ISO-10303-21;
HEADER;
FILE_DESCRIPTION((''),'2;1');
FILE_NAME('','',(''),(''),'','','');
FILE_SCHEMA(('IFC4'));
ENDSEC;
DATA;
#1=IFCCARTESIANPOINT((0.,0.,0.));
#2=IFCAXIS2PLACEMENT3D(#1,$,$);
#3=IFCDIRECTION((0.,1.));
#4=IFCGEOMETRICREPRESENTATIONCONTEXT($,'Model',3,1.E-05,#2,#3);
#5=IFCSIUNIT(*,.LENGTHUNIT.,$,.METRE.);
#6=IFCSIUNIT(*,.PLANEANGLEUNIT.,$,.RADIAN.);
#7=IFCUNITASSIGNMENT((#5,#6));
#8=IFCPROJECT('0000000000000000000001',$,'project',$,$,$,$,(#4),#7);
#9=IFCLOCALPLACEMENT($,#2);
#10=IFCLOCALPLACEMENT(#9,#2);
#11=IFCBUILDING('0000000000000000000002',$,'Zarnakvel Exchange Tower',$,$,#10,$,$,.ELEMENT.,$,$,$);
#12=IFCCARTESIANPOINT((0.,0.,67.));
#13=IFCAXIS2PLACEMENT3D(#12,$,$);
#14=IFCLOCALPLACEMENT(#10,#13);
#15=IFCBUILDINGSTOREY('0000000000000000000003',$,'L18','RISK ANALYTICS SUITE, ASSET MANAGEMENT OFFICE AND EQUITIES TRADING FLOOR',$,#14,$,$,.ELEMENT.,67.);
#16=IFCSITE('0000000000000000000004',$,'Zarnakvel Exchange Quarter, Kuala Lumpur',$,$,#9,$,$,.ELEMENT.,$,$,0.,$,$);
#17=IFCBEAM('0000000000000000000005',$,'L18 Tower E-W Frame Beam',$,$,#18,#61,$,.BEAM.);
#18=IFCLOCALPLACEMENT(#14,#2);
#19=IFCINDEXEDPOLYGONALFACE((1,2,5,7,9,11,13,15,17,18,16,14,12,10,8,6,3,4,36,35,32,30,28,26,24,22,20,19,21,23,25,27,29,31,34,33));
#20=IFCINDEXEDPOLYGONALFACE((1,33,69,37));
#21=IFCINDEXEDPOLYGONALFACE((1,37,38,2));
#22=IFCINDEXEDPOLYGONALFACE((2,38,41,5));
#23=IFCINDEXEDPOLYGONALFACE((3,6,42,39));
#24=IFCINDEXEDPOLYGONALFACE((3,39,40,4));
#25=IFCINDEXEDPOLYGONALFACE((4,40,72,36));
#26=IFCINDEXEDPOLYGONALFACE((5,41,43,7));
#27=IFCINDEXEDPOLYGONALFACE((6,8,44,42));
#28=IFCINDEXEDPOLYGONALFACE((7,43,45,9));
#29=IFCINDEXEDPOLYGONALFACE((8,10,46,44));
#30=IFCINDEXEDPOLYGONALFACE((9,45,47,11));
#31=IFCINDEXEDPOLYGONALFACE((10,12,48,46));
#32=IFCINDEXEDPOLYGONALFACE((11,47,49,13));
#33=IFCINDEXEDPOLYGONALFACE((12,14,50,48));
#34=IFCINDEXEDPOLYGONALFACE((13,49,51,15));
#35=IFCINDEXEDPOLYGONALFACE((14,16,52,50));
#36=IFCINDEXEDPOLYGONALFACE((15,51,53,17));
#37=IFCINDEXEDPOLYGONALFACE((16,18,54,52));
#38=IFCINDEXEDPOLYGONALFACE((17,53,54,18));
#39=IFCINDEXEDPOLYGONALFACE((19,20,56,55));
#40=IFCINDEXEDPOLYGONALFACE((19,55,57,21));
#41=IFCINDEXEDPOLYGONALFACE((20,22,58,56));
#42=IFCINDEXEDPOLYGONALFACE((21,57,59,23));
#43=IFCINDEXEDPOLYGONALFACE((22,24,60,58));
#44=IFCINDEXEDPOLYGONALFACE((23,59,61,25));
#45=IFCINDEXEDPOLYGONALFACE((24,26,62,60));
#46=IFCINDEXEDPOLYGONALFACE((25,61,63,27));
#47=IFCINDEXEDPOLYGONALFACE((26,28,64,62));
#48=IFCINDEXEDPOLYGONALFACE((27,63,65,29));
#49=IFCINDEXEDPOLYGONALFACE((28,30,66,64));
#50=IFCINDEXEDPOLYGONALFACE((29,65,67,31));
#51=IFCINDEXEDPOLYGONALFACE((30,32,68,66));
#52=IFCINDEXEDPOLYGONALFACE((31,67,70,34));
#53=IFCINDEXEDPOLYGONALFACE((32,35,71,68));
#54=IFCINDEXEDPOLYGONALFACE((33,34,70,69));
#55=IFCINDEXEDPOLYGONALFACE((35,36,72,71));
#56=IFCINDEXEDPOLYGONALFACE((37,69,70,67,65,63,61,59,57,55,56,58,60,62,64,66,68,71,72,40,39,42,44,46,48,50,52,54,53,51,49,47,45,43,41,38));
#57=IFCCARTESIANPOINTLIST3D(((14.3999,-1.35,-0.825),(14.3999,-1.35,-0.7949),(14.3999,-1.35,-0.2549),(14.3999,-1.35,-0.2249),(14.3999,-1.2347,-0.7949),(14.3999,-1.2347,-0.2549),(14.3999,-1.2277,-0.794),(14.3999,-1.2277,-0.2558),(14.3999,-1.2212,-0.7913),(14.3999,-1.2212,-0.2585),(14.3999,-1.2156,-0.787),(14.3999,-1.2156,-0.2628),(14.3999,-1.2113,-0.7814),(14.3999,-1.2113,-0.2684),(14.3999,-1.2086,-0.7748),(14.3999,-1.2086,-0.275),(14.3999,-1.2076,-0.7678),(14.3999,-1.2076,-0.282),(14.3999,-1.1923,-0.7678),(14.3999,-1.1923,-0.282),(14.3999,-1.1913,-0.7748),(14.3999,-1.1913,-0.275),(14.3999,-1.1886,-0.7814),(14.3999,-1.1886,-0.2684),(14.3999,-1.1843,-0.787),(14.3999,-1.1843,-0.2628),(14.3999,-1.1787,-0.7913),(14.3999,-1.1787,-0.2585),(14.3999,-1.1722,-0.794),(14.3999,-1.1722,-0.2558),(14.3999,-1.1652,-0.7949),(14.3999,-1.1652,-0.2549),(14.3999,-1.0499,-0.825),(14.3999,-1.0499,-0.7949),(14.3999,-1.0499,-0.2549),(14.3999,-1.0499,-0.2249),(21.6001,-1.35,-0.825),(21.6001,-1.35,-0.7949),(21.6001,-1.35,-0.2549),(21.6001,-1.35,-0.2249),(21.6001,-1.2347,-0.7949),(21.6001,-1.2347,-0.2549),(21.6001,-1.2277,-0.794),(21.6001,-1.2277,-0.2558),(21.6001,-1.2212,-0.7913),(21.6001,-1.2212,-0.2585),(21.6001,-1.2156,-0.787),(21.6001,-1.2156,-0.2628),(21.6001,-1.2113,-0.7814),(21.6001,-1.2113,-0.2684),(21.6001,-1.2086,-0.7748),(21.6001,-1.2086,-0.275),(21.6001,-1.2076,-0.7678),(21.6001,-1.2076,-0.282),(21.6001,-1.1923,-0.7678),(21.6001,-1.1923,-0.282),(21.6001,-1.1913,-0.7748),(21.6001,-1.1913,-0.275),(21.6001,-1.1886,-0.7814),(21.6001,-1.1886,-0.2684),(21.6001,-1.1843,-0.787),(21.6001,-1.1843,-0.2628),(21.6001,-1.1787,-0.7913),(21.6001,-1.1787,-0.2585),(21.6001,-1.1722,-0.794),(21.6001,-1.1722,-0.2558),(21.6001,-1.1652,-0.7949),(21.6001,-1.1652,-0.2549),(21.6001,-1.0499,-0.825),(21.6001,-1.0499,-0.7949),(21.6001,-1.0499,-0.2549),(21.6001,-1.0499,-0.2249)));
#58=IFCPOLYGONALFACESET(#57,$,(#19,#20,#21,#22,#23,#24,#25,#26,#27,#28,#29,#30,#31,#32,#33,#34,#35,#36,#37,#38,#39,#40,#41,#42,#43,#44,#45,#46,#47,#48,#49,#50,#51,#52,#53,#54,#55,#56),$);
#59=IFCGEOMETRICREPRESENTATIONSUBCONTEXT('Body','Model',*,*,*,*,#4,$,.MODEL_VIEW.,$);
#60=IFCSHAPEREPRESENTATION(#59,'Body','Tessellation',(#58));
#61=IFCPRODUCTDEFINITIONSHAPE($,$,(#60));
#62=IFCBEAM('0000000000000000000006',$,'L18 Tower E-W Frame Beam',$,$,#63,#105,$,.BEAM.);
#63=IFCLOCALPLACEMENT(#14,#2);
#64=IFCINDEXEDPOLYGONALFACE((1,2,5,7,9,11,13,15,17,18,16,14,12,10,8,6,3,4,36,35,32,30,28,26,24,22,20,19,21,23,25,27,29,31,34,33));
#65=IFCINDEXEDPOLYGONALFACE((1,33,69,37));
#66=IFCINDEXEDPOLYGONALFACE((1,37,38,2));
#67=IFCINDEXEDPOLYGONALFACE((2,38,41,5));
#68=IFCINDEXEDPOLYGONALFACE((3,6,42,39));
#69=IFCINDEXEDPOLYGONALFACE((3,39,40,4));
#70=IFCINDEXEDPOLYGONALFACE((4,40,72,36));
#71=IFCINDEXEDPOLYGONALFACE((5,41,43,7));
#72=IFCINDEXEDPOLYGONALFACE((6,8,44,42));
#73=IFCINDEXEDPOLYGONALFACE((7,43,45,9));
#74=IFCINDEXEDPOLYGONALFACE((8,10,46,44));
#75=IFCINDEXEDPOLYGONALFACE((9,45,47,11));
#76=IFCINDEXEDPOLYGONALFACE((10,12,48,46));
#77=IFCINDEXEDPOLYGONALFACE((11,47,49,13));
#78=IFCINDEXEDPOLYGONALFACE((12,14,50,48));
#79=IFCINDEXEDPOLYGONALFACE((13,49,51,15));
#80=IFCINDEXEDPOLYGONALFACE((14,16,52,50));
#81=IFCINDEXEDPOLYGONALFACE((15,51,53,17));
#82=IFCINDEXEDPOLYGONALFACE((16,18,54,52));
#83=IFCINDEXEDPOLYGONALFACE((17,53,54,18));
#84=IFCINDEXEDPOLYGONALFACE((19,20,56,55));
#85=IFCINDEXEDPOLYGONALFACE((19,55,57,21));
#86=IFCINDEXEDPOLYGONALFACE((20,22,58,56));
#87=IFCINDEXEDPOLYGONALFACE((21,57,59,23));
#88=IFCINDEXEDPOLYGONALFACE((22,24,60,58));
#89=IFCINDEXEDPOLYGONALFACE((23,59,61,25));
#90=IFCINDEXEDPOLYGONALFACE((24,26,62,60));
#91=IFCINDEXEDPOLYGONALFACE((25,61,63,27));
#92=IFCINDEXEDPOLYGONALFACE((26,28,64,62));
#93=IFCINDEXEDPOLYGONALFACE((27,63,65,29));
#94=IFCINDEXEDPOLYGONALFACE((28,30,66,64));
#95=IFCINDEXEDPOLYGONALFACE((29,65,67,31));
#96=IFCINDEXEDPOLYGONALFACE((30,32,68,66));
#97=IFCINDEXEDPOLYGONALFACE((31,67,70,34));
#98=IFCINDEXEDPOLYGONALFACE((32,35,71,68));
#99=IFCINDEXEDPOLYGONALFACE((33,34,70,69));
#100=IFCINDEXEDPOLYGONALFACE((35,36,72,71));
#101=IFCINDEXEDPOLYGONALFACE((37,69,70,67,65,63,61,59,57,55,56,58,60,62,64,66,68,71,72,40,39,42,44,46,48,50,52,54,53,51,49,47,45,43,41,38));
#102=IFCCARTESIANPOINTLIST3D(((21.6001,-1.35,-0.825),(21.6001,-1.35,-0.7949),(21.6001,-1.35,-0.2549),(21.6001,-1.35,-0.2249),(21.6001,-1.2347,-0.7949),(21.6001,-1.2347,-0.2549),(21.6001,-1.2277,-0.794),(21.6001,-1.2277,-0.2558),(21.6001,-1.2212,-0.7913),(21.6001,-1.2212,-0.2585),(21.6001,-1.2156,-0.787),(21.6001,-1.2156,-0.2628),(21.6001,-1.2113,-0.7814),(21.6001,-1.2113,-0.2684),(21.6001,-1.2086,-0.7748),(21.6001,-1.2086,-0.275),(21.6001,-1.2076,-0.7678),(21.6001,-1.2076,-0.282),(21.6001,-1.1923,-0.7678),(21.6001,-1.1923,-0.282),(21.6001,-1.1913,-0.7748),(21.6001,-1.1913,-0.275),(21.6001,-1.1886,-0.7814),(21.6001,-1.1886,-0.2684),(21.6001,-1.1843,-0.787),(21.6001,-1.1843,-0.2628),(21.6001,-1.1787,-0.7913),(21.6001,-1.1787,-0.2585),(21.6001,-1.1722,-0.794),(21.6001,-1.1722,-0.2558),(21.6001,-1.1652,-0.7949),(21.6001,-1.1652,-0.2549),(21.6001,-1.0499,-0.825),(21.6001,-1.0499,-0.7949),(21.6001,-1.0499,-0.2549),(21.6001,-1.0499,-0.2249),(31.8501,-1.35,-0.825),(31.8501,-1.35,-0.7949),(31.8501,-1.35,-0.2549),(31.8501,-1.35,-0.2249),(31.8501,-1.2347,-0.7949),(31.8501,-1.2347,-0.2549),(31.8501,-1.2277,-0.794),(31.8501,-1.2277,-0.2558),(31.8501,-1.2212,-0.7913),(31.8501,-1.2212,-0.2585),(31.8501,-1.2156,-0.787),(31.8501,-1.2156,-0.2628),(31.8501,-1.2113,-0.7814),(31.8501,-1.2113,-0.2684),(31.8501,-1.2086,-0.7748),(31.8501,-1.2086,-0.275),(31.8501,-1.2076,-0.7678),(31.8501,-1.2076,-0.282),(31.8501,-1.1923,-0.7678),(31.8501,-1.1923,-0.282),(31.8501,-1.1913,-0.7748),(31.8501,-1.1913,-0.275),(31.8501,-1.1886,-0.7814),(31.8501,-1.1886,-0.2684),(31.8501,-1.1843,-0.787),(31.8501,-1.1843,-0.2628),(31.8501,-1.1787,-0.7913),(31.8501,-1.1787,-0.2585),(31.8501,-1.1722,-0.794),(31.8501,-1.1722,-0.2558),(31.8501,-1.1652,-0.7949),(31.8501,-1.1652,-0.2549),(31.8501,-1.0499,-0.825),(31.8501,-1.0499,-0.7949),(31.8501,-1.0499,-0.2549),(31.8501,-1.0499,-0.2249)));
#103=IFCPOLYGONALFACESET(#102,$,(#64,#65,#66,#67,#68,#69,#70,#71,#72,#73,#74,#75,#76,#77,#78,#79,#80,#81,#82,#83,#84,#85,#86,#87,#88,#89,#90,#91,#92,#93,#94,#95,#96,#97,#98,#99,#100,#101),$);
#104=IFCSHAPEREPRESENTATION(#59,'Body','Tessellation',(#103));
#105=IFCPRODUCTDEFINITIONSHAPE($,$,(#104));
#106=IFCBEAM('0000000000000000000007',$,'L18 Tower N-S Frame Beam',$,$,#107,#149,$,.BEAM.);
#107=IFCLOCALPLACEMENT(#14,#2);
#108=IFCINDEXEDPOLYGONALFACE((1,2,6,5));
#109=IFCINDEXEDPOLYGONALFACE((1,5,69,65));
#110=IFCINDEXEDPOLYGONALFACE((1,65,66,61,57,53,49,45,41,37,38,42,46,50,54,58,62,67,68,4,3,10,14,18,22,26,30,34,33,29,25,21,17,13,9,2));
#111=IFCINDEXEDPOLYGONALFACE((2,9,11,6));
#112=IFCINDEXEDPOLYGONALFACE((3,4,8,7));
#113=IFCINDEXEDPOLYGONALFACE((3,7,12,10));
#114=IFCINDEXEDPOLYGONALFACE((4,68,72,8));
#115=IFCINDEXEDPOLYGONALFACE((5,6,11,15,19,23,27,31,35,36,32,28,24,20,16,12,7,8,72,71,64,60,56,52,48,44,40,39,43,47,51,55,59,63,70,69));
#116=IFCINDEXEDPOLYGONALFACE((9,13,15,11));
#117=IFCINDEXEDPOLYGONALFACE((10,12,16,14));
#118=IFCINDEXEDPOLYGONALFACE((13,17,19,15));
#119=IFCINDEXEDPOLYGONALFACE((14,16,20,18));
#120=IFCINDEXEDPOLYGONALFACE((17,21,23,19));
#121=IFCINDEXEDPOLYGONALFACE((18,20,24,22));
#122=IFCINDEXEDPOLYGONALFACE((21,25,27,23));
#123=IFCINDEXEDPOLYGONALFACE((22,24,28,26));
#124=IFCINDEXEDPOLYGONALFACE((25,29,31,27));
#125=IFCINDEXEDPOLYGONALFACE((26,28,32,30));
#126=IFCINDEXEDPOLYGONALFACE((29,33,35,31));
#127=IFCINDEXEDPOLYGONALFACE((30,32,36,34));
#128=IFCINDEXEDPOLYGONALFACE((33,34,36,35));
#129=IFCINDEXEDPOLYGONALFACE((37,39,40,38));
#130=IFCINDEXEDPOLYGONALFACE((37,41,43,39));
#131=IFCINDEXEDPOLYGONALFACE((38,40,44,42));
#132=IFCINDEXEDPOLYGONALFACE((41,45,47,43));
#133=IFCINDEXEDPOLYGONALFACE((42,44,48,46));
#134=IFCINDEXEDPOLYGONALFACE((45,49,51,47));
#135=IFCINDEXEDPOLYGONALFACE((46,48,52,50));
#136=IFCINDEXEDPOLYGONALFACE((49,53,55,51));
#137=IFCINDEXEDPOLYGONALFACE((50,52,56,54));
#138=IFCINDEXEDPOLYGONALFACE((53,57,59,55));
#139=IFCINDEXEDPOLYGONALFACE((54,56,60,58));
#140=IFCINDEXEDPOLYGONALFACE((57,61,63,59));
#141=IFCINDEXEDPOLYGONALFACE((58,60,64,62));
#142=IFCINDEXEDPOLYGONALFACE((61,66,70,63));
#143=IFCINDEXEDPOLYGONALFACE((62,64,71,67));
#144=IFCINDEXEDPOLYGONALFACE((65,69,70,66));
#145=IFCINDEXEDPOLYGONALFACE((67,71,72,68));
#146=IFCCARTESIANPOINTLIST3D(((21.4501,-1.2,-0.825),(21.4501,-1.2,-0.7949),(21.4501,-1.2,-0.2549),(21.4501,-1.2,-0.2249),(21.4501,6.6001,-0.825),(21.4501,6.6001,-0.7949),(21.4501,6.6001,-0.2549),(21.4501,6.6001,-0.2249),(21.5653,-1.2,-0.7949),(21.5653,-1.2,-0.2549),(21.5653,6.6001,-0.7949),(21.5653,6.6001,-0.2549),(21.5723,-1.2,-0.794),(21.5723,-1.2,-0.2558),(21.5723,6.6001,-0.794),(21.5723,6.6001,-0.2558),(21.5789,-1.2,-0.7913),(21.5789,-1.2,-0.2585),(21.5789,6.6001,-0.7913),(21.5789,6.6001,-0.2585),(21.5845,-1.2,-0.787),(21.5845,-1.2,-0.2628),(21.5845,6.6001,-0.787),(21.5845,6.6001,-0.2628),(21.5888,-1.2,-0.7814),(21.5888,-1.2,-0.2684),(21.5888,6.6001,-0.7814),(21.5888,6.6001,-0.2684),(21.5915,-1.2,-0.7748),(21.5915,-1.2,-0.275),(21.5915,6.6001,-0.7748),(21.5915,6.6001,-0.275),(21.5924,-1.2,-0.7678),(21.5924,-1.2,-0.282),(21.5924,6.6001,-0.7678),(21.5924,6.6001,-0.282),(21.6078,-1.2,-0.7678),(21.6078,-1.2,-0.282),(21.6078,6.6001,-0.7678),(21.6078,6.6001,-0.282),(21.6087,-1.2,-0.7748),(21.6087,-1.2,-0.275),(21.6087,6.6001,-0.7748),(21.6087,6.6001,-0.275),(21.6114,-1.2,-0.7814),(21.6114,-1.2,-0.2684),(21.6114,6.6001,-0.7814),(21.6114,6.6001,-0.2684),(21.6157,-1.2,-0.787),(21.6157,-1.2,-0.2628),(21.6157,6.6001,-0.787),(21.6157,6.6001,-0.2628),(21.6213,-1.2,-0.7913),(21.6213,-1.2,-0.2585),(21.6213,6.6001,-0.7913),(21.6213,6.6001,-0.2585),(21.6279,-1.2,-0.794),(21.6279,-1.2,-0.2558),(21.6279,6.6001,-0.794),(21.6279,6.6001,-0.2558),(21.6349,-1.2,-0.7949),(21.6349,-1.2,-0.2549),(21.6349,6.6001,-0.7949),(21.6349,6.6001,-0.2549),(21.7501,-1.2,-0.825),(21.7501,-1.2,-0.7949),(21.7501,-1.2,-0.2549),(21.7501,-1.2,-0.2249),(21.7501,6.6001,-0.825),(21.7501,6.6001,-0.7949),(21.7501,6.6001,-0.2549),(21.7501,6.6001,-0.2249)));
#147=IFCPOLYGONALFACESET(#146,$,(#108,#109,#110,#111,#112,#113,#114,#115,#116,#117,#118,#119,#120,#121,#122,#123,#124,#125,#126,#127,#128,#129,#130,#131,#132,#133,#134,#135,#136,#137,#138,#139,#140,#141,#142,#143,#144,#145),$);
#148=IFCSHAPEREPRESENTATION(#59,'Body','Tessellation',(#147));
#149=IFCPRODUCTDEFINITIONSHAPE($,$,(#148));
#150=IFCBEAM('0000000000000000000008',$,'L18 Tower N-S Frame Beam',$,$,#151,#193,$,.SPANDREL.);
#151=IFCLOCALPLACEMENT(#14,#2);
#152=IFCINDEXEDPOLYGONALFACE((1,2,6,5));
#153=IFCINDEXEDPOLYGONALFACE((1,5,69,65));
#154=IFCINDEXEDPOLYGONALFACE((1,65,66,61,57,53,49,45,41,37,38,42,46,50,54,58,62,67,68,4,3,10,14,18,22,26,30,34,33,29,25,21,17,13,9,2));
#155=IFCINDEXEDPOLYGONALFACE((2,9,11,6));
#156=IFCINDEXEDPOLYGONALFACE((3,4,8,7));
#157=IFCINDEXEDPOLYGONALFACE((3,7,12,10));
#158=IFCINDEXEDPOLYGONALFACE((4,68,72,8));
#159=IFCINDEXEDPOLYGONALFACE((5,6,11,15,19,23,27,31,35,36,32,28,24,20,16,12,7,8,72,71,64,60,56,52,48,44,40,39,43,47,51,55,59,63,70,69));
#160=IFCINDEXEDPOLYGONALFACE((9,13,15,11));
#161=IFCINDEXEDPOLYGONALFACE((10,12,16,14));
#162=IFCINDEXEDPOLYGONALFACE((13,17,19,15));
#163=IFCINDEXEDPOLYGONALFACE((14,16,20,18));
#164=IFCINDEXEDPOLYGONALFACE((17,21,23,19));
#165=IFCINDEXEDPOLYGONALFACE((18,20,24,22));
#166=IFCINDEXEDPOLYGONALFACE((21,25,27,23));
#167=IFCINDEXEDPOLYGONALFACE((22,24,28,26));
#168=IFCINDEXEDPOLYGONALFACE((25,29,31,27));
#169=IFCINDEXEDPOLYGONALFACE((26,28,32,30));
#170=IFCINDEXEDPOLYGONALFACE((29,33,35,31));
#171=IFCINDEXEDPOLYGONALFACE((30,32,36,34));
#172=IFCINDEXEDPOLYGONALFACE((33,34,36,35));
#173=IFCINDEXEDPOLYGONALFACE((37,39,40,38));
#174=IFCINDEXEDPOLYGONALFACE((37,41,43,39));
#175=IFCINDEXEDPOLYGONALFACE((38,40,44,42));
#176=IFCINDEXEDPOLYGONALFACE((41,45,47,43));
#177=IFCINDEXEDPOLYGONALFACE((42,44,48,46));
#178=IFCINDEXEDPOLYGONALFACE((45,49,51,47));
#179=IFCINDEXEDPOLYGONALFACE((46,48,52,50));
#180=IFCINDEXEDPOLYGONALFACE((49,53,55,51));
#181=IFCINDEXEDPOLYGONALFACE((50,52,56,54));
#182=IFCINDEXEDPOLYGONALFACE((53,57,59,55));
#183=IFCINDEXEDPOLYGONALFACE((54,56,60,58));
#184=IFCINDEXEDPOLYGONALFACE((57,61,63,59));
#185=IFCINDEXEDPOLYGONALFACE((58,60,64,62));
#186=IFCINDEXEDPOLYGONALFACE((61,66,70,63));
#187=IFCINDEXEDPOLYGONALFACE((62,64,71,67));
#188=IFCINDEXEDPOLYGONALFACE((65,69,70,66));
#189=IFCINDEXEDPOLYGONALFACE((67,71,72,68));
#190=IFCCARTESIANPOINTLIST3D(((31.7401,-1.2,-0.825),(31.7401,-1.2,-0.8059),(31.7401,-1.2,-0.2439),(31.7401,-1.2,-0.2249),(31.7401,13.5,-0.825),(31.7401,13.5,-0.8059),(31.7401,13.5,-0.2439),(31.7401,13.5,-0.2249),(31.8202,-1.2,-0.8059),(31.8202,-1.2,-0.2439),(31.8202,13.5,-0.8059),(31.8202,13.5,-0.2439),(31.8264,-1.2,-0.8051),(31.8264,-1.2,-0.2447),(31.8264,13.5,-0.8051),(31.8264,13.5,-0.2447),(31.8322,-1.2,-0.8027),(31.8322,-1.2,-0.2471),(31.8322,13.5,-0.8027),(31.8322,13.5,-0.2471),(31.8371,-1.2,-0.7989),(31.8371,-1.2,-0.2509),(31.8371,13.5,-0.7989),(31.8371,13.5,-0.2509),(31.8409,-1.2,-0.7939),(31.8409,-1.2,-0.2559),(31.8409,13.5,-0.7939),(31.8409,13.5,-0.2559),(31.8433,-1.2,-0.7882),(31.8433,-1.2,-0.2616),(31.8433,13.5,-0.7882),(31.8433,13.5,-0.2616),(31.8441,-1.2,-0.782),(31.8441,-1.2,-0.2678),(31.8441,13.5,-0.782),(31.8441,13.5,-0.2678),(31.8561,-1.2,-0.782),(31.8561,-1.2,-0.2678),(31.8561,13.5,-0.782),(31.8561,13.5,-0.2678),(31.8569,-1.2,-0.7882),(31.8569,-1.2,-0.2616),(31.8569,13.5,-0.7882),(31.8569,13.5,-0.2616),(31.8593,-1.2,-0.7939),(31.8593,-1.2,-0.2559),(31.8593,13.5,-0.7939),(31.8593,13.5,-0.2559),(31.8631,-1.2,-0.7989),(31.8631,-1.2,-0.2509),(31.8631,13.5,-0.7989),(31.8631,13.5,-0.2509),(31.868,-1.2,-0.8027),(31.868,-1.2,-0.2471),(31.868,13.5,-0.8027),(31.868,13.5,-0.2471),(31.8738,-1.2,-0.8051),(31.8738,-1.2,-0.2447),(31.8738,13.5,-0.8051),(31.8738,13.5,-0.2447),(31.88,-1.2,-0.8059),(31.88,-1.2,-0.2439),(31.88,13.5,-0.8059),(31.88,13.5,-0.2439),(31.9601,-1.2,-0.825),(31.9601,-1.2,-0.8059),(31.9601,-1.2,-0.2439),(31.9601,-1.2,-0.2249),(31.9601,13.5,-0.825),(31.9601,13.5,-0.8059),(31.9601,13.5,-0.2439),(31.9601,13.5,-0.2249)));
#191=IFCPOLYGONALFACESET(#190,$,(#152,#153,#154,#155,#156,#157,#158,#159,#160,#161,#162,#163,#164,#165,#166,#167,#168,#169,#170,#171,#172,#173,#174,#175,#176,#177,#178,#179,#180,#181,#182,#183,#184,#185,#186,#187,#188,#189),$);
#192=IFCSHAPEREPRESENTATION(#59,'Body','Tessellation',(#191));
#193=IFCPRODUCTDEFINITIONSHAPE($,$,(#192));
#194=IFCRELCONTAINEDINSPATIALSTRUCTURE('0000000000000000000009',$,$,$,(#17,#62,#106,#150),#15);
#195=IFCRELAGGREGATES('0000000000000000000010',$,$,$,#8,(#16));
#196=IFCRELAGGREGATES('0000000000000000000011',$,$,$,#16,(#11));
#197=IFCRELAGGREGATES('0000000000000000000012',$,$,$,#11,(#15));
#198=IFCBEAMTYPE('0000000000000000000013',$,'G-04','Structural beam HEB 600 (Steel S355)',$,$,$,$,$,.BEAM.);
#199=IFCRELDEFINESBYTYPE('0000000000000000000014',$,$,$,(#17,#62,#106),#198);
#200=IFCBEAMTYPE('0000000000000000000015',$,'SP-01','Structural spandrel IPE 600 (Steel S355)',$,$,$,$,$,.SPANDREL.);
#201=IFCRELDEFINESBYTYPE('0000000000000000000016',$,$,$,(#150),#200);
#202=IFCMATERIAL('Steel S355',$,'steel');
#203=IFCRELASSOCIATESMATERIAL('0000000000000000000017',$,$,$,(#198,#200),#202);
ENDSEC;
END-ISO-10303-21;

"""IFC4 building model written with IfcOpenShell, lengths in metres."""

from ifc_helpers import new_model, si_unit, direction, frame, origin, origin_2d, place, context, subcontext, project, spatial, i_section, extrude, material, material_profile, profile_set, type_object, element, save


model = new_model("IFC4")

# Units and contexts
model_context = context("Model", 3, precision=1e-05, world=origin(), true_north=direction((0.0, 1.0)))
body_context = subcontext(model_context, "Body", "Model", "MODEL_VIEW")
ifc_project = project(units=[si_unit("LENGTHUNIT", "METRE"), si_unit("PLANEANGLEUNIT", "RADIAN")], contexts=[model_context])

# Site, building, storey
site_placement = place(None, origin())
site = spatial("IfcSite", under=ifc_project, at=site_placement, Name="Zarnakvel Exchange Quarter, Kuala Lumpur", CompositionType="ELEMENT", RefElevation=0.0)
building_placement = place(site_placement, origin())
building = spatial("IfcBuilding", under=site, at=building_placement, Name="Zarnakvel Exchange Tower", CompositionType="ELEMENT")
storey_placement = place(building_placement, frame((0.0, 0.0, 67.0)))
storey = spatial("IfcBuildingStorey", under=building, at=storey_placement, Name="L18", Description="RISK ANALYTICS SUITE, ASSET MANAGEMENT OFFICE AND EQUITIES TRADING FLOOR", CompositionType="ELEMENT", Elevation=67.0)

# Shared definitions
ifc_material_1 = material(Name="Steel S355", Category="steel")

# Beams
ifc_material_profile_1 = material_profile(ifc_material_1, i_section(OverallWidth=0.3, OverallDepth=0.6001, WebThickness=0.0154, FlangeThickness=0.03, FilletRadius=0.0271, at=origin_2d()))
ifc_profile_set_1 = profile_set([ifc_material_profile_1], Name="Steel S355")
beam_type_1 = type_object("IfcBeamType", Name="G-04", Description="Structural beam HEB 600 (Steel S355)", PredefinedType="BEAM", material=ifc_profile_set_1)
beam_1_placement = place(storey_placement, frame((14.3999, -1.2, -0.5249), z_axis=(1.0, 0.0, 0.0), x_axis=(0.0, 1.0, 0.0)))
element("IfcBeam", 1, at=beam_1_placement, inside=storey, type_object=beam_type_1, Name="L18 Tower E-W Frame Beam", PredefinedType="BEAM", context=body_context, shape_type="SweptSolid", body=[
    extrude(i_section(OverallWidth=0.3, OverallDepth=0.6001, WebThickness=0.0154, FlangeThickness=0.03, FilletRadius=0.0271, at=origin_2d()), origin(), (0.0, 0.0, 1.0), 7.2002),
])
beam_2_placement = place(storey_placement, frame((21.6001, -1.2, -0.5249), z_axis=(1.0, 0.0, 0.0), x_axis=(0.0, 1.0, 0.0)))
element("IfcBeam", 2, at=beam_2_placement, inside=storey, type_object=beam_type_1, Name="L18 Tower E-W Frame Beam", PredefinedType="BEAM", context=body_context, shape_type="SweptSolid", body=[
    extrude(i_section(OverallWidth=0.3, OverallDepth=0.6001, WebThickness=0.0154, FlangeThickness=0.03, FilletRadius=0.0271, at=origin_2d()), origin(), (0.0, 0.0, 1.0), 10.25),
])
beam_3_placement = place(storey_placement, frame((21.6001, -1.2, -0.5249), z_axis=(0.0, 1.0, 0.0), x_axis=(-1.0, 0.0, 0.0)))
element("IfcBeam", 3, at=beam_3_placement, inside=storey, type_object=beam_type_1, Name="L18 Tower N-S Frame Beam", PredefinedType="BEAM", context=body_context, shape_type="SweptSolid", body=[
    extrude(i_section(OverallWidth=0.3, OverallDepth=0.6001, WebThickness=0.0154, FlangeThickness=0.03, FilletRadius=0.0271, at=origin_2d()), origin(), (0.0, 0.0, 1.0), 7.8),
])
ifc_material_profile_2 = material_profile(ifc_material_1, i_section(OverallWidth=0.22, OverallDepth=0.6001, WebThickness=0.012, FlangeThickness=0.019, FilletRadius=0.0239, at=origin_2d()))
ifc_profile_set_2 = profile_set([ifc_material_profile_2], Name="Steel S355")
beam_type_2 = type_object("IfcBeamType", Name="SP-01", Description="Structural spandrel IPE 600 (Steel S355)", PredefinedType="SPANDREL", material=ifc_profile_set_2)
beam_4_placement = place(storey_placement, frame((31.8501, -1.2, -0.5249), z_axis=(0.0, 1.0, 0.0), x_axis=(-1.0, 0.0, 0.0)))
element("IfcBeam", 4, at=beam_4_placement, inside=storey, type_object=beam_type_2, Name="L18 Tower N-S Frame Beam", PredefinedType="SPANDREL", context=body_context, shape_type="SweptSolid", body=[
    extrude(i_section(OverallWidth=0.22, OverallDepth=0.6001, WebThickness=0.012, FlangeThickness=0.019, FilletRadius=0.0239, at=origin_2d()), origin(), (0.0, 0.0, 1.0), 14.7),
])

save(model, "model.ifc")
